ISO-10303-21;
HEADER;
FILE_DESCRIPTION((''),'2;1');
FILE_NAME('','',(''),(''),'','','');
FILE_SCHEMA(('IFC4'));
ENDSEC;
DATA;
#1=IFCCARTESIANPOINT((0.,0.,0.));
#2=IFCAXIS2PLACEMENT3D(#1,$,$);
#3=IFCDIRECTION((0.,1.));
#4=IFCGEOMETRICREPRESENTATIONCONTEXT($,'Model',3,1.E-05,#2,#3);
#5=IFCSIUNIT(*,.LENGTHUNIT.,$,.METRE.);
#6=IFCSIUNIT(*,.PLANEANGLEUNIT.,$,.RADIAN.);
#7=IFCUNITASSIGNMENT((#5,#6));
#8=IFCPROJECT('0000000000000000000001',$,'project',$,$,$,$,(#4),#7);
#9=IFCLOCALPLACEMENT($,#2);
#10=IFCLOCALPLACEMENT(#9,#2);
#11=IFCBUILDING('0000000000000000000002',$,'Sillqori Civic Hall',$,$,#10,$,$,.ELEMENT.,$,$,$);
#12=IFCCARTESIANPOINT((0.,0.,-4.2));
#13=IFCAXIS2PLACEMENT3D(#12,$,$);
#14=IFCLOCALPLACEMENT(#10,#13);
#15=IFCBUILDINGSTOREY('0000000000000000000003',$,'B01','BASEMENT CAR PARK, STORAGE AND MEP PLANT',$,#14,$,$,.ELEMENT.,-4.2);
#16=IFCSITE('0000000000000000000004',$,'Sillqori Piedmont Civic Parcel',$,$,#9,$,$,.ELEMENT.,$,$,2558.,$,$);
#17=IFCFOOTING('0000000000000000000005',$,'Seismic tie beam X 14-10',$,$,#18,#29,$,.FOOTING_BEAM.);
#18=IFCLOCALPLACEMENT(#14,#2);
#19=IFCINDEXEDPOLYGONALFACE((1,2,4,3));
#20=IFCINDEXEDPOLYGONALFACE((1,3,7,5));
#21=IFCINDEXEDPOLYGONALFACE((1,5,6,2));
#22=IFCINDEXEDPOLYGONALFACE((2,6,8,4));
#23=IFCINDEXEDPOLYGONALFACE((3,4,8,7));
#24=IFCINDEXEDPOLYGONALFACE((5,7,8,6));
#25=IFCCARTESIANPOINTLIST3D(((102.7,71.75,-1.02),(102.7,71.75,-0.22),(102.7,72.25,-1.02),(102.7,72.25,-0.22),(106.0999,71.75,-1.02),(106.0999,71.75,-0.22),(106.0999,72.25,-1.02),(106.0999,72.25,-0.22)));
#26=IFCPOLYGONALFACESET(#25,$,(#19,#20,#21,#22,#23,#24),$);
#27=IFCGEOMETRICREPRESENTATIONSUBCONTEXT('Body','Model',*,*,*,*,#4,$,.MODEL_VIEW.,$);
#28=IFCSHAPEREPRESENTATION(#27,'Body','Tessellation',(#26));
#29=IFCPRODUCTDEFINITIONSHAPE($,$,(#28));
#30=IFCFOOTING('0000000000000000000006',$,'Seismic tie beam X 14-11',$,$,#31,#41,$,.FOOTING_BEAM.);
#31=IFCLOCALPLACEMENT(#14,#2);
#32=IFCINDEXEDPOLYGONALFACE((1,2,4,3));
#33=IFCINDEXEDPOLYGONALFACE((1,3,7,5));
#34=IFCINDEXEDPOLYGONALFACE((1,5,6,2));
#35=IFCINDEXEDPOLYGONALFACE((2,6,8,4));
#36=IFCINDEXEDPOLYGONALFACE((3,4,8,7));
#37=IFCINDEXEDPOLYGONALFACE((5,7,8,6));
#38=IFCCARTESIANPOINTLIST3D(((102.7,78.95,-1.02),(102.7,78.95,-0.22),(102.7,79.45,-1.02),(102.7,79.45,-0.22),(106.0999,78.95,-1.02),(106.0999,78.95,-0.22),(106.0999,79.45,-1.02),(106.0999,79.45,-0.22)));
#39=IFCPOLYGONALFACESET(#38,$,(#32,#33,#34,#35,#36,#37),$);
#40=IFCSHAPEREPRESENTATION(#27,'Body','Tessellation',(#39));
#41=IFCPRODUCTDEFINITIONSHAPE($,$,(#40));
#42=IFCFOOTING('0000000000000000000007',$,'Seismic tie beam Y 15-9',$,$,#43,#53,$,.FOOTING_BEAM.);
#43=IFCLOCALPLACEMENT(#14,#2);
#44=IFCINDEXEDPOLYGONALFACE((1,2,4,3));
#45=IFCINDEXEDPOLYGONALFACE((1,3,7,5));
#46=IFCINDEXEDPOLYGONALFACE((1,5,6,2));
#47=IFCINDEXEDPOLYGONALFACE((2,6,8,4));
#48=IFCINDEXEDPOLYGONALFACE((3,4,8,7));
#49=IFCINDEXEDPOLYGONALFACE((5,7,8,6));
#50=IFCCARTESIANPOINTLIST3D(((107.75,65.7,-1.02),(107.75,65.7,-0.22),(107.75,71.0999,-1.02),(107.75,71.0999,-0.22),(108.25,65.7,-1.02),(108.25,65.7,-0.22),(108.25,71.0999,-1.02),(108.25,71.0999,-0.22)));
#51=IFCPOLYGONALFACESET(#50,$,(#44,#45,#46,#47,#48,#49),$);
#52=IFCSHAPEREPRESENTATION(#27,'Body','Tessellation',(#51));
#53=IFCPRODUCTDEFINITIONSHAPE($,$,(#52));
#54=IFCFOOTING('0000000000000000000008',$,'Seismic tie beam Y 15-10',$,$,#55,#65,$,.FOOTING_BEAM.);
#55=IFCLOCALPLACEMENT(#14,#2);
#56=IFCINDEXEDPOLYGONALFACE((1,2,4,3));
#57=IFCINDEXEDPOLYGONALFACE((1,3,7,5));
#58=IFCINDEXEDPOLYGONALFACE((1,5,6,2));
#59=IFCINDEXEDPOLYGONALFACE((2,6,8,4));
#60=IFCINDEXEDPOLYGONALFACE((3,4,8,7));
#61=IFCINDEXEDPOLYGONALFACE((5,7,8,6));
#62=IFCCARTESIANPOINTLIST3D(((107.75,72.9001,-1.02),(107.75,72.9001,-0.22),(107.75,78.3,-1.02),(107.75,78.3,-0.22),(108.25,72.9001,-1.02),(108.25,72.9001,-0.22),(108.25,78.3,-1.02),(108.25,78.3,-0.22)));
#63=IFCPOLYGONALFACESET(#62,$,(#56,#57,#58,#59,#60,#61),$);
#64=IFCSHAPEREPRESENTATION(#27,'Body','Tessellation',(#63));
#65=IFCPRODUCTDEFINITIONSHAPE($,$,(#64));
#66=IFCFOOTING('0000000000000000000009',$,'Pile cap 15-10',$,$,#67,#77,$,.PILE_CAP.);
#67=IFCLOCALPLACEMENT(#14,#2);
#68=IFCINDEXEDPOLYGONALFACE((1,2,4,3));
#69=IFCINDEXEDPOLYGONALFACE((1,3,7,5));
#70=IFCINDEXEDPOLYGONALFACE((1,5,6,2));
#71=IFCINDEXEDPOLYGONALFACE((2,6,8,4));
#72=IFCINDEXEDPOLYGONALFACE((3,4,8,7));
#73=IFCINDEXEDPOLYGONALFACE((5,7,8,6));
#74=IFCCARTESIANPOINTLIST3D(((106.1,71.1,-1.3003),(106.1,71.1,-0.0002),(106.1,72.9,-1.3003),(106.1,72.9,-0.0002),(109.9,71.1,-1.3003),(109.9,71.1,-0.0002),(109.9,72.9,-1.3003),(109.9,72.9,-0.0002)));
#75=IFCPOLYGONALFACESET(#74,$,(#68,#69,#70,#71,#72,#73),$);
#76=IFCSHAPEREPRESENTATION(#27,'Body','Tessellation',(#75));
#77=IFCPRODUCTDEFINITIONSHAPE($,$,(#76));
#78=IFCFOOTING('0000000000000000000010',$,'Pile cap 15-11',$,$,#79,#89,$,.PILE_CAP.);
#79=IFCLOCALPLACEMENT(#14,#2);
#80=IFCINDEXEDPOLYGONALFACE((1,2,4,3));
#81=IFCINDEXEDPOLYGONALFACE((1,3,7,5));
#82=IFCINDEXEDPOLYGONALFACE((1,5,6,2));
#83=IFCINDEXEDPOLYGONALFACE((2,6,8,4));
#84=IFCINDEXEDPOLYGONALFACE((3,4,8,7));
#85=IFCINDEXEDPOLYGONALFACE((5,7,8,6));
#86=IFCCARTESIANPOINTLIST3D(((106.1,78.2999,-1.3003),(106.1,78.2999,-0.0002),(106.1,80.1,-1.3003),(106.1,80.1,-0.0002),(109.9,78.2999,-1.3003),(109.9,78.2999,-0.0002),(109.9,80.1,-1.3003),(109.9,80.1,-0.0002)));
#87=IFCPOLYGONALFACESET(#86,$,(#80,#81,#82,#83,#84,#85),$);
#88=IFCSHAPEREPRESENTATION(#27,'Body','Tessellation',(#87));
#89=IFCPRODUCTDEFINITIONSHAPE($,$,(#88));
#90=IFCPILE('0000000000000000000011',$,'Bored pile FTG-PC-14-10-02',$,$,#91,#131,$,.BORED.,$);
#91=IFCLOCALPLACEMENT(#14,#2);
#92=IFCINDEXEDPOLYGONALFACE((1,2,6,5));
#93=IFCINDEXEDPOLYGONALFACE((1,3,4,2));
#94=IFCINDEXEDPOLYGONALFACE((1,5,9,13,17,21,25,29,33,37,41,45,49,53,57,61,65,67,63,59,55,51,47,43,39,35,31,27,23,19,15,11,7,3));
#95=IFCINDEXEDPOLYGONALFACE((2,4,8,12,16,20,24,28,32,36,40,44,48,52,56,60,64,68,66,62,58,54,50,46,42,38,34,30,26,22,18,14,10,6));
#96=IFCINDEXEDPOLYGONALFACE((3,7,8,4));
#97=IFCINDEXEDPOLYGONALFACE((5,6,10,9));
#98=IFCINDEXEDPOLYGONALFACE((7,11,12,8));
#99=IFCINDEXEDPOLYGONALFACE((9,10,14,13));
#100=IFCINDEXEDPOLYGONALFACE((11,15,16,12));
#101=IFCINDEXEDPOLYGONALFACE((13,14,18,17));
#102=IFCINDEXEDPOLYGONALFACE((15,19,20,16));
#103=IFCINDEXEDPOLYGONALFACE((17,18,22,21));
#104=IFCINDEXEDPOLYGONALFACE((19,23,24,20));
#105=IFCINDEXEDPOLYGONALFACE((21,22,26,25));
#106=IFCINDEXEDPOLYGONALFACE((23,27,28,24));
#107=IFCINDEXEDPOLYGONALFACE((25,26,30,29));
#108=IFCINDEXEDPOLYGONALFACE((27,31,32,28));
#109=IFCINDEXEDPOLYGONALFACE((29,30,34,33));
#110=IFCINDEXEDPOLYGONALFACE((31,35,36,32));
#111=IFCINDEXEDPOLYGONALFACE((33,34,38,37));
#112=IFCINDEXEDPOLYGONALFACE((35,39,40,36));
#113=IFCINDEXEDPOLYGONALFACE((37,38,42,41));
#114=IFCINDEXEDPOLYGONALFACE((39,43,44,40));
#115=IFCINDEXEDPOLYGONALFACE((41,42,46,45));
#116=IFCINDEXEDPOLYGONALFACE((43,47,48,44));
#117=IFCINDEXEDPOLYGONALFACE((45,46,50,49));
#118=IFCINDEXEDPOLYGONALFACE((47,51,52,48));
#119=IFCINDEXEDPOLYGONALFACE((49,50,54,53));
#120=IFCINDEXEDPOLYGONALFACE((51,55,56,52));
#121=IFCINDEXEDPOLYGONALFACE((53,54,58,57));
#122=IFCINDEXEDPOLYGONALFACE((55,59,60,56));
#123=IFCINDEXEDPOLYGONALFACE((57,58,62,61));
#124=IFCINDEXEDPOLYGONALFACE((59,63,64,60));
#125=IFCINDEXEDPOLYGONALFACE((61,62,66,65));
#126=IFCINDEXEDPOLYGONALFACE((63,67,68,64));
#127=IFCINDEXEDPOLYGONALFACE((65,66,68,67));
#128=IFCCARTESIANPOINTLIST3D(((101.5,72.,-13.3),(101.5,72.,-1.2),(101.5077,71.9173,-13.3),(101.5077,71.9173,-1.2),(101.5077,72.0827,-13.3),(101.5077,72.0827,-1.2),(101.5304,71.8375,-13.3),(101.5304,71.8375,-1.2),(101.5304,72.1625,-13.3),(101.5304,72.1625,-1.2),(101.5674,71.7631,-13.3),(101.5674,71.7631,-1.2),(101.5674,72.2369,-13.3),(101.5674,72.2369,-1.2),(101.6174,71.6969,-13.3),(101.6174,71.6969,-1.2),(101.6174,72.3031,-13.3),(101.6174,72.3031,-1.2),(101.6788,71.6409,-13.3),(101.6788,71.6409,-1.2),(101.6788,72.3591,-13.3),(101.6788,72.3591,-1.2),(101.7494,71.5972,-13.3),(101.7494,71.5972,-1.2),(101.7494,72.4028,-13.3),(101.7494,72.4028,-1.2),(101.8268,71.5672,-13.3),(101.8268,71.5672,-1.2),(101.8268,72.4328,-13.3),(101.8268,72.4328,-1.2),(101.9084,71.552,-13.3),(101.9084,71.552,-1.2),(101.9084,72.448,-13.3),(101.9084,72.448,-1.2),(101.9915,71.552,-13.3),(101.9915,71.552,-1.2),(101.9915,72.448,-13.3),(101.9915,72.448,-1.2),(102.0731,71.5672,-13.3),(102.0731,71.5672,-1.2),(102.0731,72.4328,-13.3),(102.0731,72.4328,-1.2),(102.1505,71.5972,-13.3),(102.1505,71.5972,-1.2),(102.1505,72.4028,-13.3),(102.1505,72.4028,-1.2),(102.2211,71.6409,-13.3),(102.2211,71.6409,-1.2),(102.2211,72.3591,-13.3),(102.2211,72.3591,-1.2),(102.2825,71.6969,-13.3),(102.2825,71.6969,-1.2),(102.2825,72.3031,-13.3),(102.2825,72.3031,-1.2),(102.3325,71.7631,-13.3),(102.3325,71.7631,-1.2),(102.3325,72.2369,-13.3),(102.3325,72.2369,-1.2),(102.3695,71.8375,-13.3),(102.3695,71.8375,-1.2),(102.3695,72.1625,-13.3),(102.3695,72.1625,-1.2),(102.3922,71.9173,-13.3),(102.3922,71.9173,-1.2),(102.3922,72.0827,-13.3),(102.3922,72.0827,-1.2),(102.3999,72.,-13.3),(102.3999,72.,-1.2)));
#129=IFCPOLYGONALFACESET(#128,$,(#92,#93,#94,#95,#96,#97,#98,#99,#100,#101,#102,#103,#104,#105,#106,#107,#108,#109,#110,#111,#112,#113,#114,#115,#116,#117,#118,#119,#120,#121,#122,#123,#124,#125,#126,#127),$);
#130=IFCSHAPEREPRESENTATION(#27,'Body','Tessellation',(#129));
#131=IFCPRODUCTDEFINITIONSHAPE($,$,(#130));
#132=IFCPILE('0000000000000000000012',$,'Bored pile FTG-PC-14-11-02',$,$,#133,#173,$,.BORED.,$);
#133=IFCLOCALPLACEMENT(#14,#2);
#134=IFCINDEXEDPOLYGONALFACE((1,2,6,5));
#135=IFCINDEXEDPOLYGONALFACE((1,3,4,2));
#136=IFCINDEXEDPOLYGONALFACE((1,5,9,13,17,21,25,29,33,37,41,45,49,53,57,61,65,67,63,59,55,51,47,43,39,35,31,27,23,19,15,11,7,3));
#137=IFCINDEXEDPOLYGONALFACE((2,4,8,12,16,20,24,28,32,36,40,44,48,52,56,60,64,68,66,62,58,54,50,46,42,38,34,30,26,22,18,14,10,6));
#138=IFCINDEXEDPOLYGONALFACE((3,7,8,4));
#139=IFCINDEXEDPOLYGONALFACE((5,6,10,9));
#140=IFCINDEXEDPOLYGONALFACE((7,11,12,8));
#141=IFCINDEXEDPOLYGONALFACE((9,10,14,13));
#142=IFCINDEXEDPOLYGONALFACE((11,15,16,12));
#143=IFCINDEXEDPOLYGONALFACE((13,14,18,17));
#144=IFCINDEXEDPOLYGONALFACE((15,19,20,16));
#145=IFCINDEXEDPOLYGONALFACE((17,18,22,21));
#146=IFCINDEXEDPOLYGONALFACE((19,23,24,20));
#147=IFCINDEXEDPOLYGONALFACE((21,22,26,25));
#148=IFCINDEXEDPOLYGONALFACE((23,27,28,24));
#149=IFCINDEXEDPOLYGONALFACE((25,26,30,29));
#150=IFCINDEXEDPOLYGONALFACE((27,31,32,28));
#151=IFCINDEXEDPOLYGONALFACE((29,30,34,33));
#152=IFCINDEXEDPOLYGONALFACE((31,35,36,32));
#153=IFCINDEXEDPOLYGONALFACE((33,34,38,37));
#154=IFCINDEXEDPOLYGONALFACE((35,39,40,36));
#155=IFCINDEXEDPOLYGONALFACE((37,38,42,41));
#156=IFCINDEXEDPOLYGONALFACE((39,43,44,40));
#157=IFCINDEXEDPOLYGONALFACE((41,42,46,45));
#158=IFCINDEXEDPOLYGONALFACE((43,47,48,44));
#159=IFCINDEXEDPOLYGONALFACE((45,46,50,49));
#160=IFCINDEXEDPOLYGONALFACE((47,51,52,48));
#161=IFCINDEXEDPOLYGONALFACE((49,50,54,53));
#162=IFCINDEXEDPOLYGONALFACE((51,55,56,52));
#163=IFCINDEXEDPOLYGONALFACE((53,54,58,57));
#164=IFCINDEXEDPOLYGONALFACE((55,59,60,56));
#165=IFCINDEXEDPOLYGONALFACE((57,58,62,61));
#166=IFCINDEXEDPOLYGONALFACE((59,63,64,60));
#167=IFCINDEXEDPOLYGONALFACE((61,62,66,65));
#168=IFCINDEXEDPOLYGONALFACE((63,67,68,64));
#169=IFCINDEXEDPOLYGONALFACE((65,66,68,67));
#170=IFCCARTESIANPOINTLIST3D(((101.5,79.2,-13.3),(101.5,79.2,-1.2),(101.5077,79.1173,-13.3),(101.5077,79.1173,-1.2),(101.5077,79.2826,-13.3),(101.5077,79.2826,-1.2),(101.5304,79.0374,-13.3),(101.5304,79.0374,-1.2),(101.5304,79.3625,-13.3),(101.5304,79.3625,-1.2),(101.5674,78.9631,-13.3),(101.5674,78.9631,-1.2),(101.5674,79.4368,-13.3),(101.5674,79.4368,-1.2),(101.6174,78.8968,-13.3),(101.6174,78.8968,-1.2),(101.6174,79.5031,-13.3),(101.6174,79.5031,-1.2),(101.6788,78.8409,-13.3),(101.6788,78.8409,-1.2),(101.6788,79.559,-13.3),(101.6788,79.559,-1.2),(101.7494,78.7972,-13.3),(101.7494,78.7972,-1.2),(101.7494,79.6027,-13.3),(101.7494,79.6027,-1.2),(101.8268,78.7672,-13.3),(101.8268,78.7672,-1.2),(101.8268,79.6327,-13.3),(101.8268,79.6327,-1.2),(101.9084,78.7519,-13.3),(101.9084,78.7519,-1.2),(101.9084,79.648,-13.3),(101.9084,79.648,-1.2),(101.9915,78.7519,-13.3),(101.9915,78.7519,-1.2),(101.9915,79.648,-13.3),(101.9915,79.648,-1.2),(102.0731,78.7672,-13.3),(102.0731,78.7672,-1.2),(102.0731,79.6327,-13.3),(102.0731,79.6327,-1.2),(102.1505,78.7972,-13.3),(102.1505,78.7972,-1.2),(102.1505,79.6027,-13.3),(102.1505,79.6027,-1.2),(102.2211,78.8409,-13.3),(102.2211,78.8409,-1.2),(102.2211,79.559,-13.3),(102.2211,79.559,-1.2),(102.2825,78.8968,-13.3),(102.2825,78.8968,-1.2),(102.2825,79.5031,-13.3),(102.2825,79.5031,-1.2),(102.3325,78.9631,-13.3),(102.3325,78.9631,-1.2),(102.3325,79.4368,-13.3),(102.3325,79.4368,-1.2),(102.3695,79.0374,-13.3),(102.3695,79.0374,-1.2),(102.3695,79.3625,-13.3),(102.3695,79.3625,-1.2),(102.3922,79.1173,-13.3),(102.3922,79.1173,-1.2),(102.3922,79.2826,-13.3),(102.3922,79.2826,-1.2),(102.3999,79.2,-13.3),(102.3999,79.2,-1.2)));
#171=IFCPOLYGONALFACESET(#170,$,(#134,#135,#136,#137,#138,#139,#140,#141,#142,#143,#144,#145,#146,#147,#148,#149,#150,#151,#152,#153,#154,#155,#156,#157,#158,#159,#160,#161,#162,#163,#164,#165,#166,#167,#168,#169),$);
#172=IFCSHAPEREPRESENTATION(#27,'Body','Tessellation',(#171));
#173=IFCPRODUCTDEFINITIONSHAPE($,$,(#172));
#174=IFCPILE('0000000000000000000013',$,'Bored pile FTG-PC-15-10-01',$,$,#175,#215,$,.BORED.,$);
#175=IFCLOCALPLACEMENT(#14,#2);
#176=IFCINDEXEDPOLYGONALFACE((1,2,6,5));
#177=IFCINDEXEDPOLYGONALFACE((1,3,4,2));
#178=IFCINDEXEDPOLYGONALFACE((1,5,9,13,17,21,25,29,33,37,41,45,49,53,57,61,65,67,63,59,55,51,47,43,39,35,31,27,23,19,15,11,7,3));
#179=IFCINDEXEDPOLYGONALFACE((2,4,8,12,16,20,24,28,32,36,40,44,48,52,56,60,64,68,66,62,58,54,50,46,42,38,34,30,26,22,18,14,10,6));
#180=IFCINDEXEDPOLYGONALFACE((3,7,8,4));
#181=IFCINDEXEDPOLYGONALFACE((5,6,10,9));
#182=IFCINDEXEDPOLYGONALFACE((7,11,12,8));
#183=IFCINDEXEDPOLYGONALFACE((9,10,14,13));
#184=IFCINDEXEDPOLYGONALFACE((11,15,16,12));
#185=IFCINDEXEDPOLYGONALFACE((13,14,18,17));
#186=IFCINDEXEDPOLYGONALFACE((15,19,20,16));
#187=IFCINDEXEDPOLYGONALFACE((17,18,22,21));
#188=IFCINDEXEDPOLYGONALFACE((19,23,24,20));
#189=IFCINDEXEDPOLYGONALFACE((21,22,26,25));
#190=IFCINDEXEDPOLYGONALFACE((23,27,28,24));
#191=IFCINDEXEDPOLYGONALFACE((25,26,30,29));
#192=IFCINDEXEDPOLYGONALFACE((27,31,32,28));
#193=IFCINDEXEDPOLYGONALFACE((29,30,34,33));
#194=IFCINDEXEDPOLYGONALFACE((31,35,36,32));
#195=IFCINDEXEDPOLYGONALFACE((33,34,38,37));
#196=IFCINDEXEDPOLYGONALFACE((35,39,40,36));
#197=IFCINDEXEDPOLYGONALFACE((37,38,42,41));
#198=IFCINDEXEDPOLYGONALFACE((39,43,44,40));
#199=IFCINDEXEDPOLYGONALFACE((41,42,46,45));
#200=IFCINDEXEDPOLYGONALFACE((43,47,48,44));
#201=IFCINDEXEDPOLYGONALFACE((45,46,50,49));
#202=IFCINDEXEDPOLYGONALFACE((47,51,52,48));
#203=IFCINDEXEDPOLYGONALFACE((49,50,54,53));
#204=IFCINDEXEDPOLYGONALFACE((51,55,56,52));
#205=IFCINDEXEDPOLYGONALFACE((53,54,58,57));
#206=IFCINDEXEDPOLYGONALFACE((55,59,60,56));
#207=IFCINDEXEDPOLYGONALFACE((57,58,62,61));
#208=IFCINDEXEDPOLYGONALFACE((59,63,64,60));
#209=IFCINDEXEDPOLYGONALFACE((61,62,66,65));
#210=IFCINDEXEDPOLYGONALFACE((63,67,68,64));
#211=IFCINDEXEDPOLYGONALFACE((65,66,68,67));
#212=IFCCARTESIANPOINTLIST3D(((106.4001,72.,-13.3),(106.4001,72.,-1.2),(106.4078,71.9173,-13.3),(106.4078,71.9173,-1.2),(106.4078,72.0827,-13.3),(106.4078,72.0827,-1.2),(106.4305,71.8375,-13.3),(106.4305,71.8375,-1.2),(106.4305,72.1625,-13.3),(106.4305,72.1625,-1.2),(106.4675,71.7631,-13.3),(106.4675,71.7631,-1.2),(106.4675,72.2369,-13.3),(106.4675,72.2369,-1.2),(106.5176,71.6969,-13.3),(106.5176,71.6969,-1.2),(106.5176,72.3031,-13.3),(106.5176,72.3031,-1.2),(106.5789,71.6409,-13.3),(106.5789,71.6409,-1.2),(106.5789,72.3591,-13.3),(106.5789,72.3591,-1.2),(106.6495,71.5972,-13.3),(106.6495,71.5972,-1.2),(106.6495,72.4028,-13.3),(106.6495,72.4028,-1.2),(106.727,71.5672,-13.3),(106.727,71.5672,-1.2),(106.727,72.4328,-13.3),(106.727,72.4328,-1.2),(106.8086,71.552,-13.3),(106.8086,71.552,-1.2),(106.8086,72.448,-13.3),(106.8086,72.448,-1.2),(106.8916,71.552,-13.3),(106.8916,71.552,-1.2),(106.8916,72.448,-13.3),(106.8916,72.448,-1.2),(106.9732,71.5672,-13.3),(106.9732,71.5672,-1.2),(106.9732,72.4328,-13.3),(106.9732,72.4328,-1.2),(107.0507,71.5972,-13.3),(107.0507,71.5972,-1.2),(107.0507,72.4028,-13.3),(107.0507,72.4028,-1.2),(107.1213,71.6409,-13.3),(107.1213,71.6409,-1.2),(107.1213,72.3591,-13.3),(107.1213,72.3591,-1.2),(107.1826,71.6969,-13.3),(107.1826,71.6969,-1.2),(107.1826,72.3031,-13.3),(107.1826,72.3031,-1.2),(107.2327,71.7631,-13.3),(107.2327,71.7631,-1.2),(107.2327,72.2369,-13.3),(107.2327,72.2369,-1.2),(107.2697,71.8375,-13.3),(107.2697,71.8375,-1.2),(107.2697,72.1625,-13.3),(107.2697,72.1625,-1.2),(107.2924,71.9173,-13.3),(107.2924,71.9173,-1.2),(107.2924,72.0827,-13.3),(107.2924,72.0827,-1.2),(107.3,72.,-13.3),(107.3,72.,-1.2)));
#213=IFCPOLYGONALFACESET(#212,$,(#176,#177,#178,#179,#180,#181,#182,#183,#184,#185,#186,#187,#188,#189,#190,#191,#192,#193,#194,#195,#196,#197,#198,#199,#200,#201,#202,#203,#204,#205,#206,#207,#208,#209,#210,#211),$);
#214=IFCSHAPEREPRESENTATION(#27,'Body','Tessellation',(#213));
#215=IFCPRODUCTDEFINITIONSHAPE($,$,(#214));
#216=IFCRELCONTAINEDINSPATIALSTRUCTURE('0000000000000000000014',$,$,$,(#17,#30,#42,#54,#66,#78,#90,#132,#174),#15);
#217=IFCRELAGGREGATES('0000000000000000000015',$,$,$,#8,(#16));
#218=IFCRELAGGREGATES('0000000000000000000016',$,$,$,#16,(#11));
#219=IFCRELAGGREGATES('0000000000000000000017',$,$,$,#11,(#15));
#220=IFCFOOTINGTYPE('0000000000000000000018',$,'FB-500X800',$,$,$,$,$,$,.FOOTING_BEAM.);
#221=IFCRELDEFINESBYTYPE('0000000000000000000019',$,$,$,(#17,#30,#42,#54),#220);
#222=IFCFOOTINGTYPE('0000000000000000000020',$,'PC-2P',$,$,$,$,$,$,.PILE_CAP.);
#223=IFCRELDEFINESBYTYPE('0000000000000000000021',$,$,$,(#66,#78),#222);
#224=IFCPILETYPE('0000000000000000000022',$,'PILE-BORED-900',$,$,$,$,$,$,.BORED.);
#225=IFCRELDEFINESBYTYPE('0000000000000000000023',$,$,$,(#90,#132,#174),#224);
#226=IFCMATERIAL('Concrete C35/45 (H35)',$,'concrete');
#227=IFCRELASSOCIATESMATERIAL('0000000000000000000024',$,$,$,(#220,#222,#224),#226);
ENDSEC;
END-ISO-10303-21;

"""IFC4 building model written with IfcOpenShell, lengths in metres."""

from ifc_helpers import new_model, si_unit, direction, frame, origin, origin_2d, place, context, subcontext, project, spatial, rectangle, circle, extrude, material, material_profile, profile_set, type_object, element, save


model = new_model("IFC4")

# Units and contexts
model_context = context("Model", 3, precision=1e-05, world=origin(), true_north=direction((0.0, 1.0)))
body_context = subcontext(model_context, "Body", "Model", "MODEL_VIEW")
ifc_project = project(units=[si_unit("LENGTHUNIT", "METRE"), si_unit("PLANEANGLEUNIT", "RADIAN")], contexts=[model_context])

# Site, building, storey
site_placement = place(None, origin())
site = spatial("IfcSite", under=ifc_project, at=site_placement, Name="Sillqori Piedmont Civic Parcel", CompositionType="ELEMENT", RefElevation=2558.0)
building_placement = place(site_placement, origin())
building = spatial("IfcBuilding", under=site, at=building_placement, Name="Sillqori Civic Hall", CompositionType="ELEMENT")
storey_placement = place(building_placement, frame((0.0, 0.0, -4.2)))
storey = spatial("IfcBuildingStorey", under=building, at=storey_placement, Name="B01", Description="BASEMENT CAR PARK, STORAGE AND MEP PLANT", CompositionType="ELEMENT", Elevation=-4.2)

# Footings
ifc_material_1 = material(Name="Concrete C35/45 (H35)", Category="concrete")
footing_type_1 = type_object("IfcFootingType", Name="FB-500X800", PredefinedType="FOOTING_BEAM", material=ifc_material_1)
for number, where, z_axis, x_axis, name in (
    (1, (104.3999, 72.0, -1.02), (0.0, 0.0, 1.0), (1.0, 0.0, 0.0), "Seismic tie beam X 14-10"),
    (2, (104.3999, 79.2, -1.02), (0.0, 0.0, 1.0), (1.0, 0.0, 0.0), "Seismic tie beam X 14-11"),
):
    element("IfcFooting", number, at=place(storey_placement, frame(where, z_axis=z_axis, x_axis=x_axis)), inside=storey, type_object=footing_type_1, Name=name, PredefinedType="FOOTING_BEAM", context=body_context, shape_type="SweptSolid", body=[
        extrude(rectangle(XDim=3.3999, YDim=0.5, at=origin_2d()), origin(), (0.0, 0.0, 1.0), 0.8),
    ])
for number, where, z_axis, x_axis, name in (
    (3, (108.0, 68.3999, -1.02), (0.0, 0.0, 1.0), (1.0, 0.0, 0.0), "Seismic tie beam Y 15-9"),
    (4, (108.0, 75.6001, -1.02), (0.0, 0.0, 1.0), (1.0, 0.0, 0.0), "Seismic tie beam Y 15-10"),
):
    element("IfcFooting", number, at=place(storey_placement, frame(where, z_axis=z_axis, x_axis=x_axis)), inside=storey, type_object=footing_type_1, Name=name, PredefinedType="FOOTING_BEAM", context=body_context, shape_type="SweptSolid", body=[
        extrude(rectangle(XDim=0.5, YDim=5.3999, at=origin_2d()), origin(), (0.0, 0.0, 1.0), 0.8),
    ])
footing_type_2 = type_object("IfcFootingType", Name="PC-2P", PredefinedType="PILE_CAP", material=ifc_material_1)
for number, where, z_axis, x_axis, name in (
    (5, (108.0, 72.0, -1.3003), (0.0, 0.0, 1.0), (1.0, 0.0, 0.0), "Pile cap 15-10"),
    (6, (108.0, 79.2, -1.3003), (0.0, 0.0, 1.0), (1.0, 0.0, 0.0), "Pile cap 15-11"),
):
    element("IfcFooting", number, at=place(storey_placement, frame(where, z_axis=z_axis, x_axis=x_axis)), inside=storey, type_object=footing_type_2, Name=name, PredefinedType="PILE_CAP", context=body_context, shape_type="SweptSolid", body=[
        extrude(rectangle(XDim=3.8, YDim=1.8, at=origin_2d()), origin(), (0.0, 0.0, 1.0), 1.3),
    ])

# Piles
ifc_material_profile_1 = material_profile(ifc_material_1, circle(Radius=0.45, at=origin_2d()), Name="BORED PILE 900")
ifc_profile_set_1 = profile_set([ifc_material_profile_1], Name="Concrete C35/45 (H35)")
pile_type = type_object("IfcPileType", Name="PILE-BORED-900", PredefinedType="BORED", material=ifc_profile_set_1)
for number, where, z_axis, x_axis, name in (
    (7, (101.95, 72.0, -1.2), (0.0, 0.0, -1.0), (1.0, 0.0, 0.0), "Bored pile FTG-PC-14-10-02"),
    (8, (101.95, 79.2, -1.2), (0.0, 0.0, -1.0), (1.0, 0.0, 0.0), "Bored pile FTG-PC-14-11-02"),
    (9, (106.8501, 72.0, -1.2), (0.0, 0.0, -1.0), (1.0, 0.0, 0.0), "Bored pile FTG-PC-15-10-01"),
):
    element("IfcPile", number, at=place(storey_placement, frame(where, z_axis=z_axis, x_axis=x_axis)), inside=storey, type_object=pile_type, Name=name, PredefinedType="BORED", context=body_context, shape_type="SweptSolid", body=[
        extrude(circle(Radius=0.45, at=origin_2d()), origin(), (0.0, 0.0, 1.0), 12.1001),
    ])

save(model, "model.ifc")
